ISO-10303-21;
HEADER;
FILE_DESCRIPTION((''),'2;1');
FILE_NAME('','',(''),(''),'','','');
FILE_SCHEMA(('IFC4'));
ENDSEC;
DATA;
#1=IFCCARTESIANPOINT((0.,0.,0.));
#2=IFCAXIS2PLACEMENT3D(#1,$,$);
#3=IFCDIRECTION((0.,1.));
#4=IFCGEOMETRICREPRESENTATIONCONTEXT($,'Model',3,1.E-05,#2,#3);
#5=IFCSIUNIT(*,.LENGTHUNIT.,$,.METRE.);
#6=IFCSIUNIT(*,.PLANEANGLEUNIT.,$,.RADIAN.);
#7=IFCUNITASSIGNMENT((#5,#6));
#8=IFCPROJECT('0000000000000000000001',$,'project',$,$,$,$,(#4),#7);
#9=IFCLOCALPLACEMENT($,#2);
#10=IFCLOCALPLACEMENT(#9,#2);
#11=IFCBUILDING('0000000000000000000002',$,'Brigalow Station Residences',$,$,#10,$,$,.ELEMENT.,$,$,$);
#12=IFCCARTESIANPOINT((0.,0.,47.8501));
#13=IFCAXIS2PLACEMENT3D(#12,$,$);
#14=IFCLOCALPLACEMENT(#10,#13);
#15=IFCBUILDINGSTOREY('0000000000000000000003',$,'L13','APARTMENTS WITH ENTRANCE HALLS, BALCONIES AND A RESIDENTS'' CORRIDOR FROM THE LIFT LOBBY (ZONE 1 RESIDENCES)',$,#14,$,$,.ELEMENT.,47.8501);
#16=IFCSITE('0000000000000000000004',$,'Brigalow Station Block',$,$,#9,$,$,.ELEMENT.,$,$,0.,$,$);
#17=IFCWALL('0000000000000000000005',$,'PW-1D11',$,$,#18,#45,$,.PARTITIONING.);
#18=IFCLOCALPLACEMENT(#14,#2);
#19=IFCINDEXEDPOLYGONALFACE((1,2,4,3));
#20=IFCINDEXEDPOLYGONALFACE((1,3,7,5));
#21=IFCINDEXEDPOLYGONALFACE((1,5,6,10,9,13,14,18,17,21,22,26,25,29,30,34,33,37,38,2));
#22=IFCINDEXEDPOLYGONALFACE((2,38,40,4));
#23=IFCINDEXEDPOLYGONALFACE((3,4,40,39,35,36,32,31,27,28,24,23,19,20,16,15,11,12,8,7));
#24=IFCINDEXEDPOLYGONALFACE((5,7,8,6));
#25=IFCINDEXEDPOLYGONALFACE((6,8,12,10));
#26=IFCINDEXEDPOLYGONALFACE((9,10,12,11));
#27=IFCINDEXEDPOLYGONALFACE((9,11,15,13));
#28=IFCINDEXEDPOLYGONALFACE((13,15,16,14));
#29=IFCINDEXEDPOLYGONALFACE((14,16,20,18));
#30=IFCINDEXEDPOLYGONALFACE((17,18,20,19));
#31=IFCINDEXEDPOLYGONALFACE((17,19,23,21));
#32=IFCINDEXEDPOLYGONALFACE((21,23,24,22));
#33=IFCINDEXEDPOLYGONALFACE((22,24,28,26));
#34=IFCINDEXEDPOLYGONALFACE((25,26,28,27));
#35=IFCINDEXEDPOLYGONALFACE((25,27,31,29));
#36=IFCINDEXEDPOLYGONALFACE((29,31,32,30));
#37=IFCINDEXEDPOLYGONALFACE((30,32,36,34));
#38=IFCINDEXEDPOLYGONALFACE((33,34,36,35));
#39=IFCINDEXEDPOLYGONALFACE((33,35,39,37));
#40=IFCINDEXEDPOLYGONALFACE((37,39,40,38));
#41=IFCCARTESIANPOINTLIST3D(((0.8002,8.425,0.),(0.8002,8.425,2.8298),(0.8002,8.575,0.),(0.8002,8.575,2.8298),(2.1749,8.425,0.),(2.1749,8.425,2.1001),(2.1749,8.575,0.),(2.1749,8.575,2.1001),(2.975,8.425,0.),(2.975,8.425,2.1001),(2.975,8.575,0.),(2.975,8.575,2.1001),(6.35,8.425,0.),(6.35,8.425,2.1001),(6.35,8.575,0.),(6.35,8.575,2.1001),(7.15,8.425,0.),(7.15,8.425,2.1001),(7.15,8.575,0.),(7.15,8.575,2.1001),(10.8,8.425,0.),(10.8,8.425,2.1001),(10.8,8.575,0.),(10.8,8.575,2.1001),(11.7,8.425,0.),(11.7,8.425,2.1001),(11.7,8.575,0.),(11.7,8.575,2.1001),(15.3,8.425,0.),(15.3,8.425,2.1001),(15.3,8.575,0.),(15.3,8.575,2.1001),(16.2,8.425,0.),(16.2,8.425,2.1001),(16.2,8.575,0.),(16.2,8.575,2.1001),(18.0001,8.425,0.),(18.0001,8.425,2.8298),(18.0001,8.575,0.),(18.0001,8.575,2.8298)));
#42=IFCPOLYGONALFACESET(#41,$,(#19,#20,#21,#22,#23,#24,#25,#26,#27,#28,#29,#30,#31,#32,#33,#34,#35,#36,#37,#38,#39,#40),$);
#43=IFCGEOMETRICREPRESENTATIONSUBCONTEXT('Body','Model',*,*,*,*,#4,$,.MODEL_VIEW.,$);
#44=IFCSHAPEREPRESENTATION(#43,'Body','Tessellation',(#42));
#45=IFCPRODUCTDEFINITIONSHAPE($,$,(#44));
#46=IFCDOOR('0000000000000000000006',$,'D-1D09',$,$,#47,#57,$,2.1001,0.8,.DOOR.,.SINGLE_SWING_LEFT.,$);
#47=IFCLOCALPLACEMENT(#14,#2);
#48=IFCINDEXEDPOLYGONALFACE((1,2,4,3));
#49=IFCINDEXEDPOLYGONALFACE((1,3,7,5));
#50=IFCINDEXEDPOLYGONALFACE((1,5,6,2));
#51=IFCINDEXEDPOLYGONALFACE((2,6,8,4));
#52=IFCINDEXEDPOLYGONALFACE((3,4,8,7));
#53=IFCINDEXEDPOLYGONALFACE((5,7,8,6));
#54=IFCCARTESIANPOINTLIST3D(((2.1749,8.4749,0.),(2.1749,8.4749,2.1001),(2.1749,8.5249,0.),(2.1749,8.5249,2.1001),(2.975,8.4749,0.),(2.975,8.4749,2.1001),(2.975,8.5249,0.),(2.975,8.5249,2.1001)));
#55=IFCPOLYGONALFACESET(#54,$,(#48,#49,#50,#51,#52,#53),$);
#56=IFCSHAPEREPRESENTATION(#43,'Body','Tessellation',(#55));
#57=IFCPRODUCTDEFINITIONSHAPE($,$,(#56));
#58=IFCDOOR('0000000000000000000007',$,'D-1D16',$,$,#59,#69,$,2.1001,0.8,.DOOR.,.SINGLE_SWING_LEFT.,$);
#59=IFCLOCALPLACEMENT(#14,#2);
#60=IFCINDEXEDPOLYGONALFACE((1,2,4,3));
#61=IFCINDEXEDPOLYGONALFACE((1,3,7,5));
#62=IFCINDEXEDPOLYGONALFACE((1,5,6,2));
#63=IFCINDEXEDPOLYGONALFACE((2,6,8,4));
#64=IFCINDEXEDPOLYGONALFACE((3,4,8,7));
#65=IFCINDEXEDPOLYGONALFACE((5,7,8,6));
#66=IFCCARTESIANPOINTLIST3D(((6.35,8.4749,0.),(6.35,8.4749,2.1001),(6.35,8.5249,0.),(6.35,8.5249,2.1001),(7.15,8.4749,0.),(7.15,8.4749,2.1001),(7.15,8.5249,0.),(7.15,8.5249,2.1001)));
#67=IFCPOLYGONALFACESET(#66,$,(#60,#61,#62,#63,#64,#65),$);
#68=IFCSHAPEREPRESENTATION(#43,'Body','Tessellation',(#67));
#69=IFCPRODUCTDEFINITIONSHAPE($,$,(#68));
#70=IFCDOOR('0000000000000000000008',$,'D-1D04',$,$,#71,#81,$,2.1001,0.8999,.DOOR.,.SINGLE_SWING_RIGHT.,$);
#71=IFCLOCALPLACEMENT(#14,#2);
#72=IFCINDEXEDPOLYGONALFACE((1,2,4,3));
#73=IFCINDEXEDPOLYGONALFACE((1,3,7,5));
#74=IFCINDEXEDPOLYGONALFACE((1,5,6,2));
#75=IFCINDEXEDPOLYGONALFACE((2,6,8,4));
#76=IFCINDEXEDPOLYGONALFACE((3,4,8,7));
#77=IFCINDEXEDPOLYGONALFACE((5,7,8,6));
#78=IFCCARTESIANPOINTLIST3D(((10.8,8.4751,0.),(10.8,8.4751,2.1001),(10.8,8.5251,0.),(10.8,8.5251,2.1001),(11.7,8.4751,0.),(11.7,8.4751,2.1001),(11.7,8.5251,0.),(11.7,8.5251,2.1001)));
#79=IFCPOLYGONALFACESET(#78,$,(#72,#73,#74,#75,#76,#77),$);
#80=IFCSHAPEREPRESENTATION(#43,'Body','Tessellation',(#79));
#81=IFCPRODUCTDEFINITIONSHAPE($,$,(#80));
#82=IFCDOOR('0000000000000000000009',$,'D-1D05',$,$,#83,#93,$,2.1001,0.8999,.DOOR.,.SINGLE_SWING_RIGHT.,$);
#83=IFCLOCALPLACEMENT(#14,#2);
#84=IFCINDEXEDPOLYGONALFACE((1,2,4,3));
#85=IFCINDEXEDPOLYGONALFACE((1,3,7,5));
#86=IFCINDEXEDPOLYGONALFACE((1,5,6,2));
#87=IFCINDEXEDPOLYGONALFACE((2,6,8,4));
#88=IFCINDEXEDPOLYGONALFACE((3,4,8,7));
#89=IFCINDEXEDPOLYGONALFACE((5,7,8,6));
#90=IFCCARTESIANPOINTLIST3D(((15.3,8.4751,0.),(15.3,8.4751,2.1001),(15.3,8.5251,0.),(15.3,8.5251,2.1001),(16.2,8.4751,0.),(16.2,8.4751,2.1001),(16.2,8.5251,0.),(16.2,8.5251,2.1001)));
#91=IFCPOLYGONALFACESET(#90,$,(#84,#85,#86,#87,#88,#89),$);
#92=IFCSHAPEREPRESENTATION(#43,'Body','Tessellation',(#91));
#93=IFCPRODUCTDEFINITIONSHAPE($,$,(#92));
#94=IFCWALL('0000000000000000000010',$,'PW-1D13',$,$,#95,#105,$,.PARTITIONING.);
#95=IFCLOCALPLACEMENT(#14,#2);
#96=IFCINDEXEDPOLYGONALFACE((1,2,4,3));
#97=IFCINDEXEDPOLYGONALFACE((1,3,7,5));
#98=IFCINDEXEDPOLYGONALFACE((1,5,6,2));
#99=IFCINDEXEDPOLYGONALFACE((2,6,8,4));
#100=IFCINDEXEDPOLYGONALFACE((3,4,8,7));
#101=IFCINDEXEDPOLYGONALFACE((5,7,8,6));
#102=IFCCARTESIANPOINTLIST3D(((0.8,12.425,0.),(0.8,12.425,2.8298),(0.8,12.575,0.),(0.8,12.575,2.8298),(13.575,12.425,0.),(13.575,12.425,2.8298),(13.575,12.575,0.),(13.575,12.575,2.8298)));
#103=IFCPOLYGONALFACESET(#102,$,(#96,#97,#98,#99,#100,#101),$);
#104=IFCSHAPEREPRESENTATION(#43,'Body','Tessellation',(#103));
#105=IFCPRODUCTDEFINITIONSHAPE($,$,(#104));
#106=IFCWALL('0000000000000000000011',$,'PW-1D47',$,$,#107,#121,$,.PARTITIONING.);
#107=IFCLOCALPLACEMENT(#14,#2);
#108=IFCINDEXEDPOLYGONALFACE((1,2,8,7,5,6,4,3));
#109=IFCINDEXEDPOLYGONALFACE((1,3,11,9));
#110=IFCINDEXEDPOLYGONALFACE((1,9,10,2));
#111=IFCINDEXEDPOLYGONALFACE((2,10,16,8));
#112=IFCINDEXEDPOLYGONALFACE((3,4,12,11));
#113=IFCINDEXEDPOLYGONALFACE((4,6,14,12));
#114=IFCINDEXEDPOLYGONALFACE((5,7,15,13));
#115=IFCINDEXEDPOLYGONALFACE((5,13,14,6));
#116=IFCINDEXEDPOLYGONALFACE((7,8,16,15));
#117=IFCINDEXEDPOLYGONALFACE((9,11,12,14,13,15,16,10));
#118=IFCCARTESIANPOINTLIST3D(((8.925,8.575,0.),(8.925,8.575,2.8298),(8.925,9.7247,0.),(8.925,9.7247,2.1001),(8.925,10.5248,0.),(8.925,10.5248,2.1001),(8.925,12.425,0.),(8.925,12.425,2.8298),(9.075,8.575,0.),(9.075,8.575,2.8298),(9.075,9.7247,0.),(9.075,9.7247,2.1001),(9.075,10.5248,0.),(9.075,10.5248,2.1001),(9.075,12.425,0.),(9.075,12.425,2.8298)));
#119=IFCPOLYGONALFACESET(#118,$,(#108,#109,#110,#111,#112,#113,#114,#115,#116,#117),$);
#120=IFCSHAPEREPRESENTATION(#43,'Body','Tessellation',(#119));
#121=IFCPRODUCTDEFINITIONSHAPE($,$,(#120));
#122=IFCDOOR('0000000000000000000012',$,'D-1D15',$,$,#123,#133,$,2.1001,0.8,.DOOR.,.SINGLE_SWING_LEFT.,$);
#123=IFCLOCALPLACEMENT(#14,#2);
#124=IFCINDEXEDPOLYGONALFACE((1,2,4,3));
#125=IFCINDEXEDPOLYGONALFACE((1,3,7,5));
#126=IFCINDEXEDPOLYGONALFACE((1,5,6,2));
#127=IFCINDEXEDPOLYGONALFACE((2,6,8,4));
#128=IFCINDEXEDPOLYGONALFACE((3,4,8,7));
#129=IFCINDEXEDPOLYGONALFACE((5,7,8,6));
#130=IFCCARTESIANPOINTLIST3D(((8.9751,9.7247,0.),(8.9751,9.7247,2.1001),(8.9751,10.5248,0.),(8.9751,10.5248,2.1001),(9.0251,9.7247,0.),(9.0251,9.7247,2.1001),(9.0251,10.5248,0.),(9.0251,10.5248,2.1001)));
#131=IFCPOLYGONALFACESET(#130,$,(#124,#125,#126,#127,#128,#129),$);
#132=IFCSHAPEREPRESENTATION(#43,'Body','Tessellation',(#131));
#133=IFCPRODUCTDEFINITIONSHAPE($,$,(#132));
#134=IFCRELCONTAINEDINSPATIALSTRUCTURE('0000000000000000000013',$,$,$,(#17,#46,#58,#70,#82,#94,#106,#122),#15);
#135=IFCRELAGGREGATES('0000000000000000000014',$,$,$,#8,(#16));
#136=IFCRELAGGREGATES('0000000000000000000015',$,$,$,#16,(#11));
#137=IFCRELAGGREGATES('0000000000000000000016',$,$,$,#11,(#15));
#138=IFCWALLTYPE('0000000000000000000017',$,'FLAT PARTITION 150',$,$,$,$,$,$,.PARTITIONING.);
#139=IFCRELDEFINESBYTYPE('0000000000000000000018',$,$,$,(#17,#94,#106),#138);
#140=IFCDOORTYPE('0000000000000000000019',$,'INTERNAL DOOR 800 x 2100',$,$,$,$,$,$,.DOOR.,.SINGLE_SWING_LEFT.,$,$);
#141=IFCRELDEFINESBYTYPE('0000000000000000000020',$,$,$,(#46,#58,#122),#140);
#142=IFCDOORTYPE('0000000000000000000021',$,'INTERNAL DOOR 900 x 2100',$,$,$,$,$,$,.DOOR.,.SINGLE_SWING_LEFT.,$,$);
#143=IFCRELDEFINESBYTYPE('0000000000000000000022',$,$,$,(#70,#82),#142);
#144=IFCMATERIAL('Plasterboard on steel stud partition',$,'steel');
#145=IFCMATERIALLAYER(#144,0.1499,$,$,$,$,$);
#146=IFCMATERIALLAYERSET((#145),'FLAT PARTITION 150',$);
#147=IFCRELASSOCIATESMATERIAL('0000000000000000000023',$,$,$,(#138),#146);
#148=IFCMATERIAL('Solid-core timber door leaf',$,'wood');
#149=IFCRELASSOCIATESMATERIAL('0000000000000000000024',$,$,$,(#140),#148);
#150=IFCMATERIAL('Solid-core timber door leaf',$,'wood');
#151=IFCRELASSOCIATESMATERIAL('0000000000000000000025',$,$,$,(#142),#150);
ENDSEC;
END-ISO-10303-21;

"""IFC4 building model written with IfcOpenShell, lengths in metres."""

from ifc_helpers import new_model, si_unit, direction, frame, frame_2d, origin, place, context, subcontext, project, spatial, rectangle, extrude, material, layer, layer_set, type_object, element, fill, save


model = new_model("IFC4")

# Units and contexts
model_context = context("Model", 3, precision=1e-05, world=origin(), true_north=direction((0.0, 1.0)))
body_context = subcontext(model_context, "Body", "Model", "MODEL_VIEW")
ifc_project = project(units=[si_unit("LENGTHUNIT", "METRE"), si_unit("PLANEANGLEUNIT", "RADIAN")], contexts=[model_context])

# Site, building, storey
site_placement = place(None, origin())
site = spatial("IfcSite", under=ifc_project, at=site_placement, Name="Brigalow Station Block", CompositionType="ELEMENT", RefElevation=0.0)
building_placement = place(site_placement, origin())
building = spatial("IfcBuilding", under=site, at=building_placement, Name="Brigalow Station Residences", CompositionType="ELEMENT")
storey_placement = place(building_placement, frame((0.0, 0.0, 47.8501)))
storey = spatial("IfcBuildingStorey", under=building, at=storey_placement, Name="L13", Description="APARTMENTS WITH ENTRANCE HALLS, BALCONIES AND A RESIDENTS' CORRIDOR FROM THE LIFT LOBBY (ZONE 1 RESIDENCES)", CompositionType="ELEMENT", Elevation=47.8501)

# Wall, openings, doors
ifc_material_1 = material(Name="Plasterboard on steel stud partition", Category="steel")
ifc_layer_1 = layer(ifc_material_1, 0.1499)
ifc_layer_set_1 = layer_set([ifc_layer_1], Name="FLAT PARTITION 150")
wall_type_1 = type_object("IfcWallType", Name="FLAT PARTITION 150", PredefinedType="PARTITIONING", material=ifc_layer_set_1)
wall_1_placement = place(storey_placement, frame((0.8, 8.5, 0.0), z_axis=(0.0, 0.0, 1.0), x_axis=(1.0, 0.0, 0.0)))
wall_1 = element("IfcWall", 1, at=wall_1_placement, inside=storey, type_object=wall_type_1, Name="PW-1D11", PredefinedType="PARTITIONING", context=body_context, shape_type="SweptSolid", body=[
    extrude(rectangle(XDim=17.2, YDim=0.1499, at=frame_2d((8.6001, 0.0))), origin(), (0.0, 0.0, 1.0), 2.8298),
])
opening_1_placement = place(wall_1_placement, frame((10.0, 0.0, 0.0)))
opening_1 = element("IfcOpeningElement", 2, at=opening_1_placement, cuts=wall_1, PredefinedType="OPENING", context=body_context, shape_type="SweptSolid", body=[
    extrude(rectangle(XDim=0.8999, YDim=2.1001, at=frame_2d((0.45, 1.05))), frame((0.0, 0.085, 0.0), z_axis=(0.0, -1.0, 0.0), x_axis=(1.0, 0.0, 0.0)), (0.0, 0.0, 1.0), 0.1699),
])
opening_2_placement = place(wall_1_placement, frame((14.5, 0.0, 0.0)))
opening_2 = element("IfcOpeningElement", 3, at=opening_2_placement, cuts=wall_1, PredefinedType="OPENING", context=body_context, shape_type="SweptSolid", body=[
    extrude(rectangle(XDim=0.8999, YDim=2.1001, at=frame_2d((0.45, 1.05))), frame((0.0, 0.085, 0.0), z_axis=(0.0, -1.0, 0.0), x_axis=(1.0, 0.0, 0.0)), (0.0, 0.0, 1.0), 0.1699),
])
opening_3_placement = place(wall_1_placement, frame((1.375, 0.0, 0.0)))
opening_3 = element("IfcOpeningElement", 4, at=opening_3_placement, cuts=wall_1, PredefinedType="OPENING", context=body_context, shape_type="SweptSolid", body=[
    extrude(rectangle(XDim=0.8, YDim=2.1001, at=frame_2d((0.3999, 1.05))), frame((0.0, 0.085, 0.0), z_axis=(0.0, -1.0, 0.0), x_axis=(1.0, 0.0, 0.0)), (0.0, 0.0, 1.0), 0.1699),
])
opening_4_placement = place(wall_1_placement, frame((5.55, 0.0, 0.0)))
opening_4 = element("IfcOpeningElement", 5, at=opening_4_placement, cuts=wall_1, PredefinedType="OPENING", context=body_context, shape_type="SweptSolid", body=[
    extrude(rectangle(XDim=0.8, YDim=2.1001, at=frame_2d((0.3999, 1.05))), frame((0.0, 0.085, 0.0), z_axis=(0.0, -1.0, 0.0), x_axis=(1.0, 0.0, 0.0)), (0.0, 0.0, 1.0), 0.1699),
])
ifc_material_2 = material(Name="Solid-core timber door leaf", Category="wood")
door_type_1 = type_object("IfcDoorType", Name="INTERNAL DOOR 800 x 2100", OperationType="SINGLE_SWING_LEFT", PredefinedType="DOOR", material=ifc_material_2)
door_1_placement = place(opening_3_placement, origin())
door_1 = element("IfcDoor", 6, at=door_1_placement, inside=storey, type_object=door_type_1, Name="D-1D09", OperationType="SINGLE_SWING_LEFT", OverallHeight=2.1001, OverallWidth=0.8, PredefinedType="DOOR", context=body_context, shape_type="SweptSolid", body=[
    extrude(rectangle(XDim=0.8, YDim=2.1001, at=frame_2d((0.3999, 1.05))), frame((0.0, 0.0249, 0.0), z_axis=(0.0, -1.0, 0.0), x_axis=(1.0, 0.0, 0.0)), (0.0, 0.0, 1.0), 0.05),
])
fill(opening_3, door_1)
door_2_placement = place(opening_4_placement, origin())
door_2 = element("IfcDoor", 7, at=door_2_placement, inside=storey, type_object=door_type_1, Name="D-1D16", OperationType="SINGLE_SWING_LEFT", OverallHeight=2.1001, OverallWidth=0.8, PredefinedType="DOOR", context=body_context, shape_type="SweptSolid", body=[
    extrude(rectangle(XDim=0.8, YDim=2.1001, at=frame_2d((0.3999, 1.05))), frame((0.0, 0.0249, 0.0), z_axis=(0.0, -1.0, 0.0), x_axis=(1.0, 0.0, 0.0)), (0.0, 0.0, 1.0), 0.05),
])
fill(opening_4, door_2)
ifc_material_3 = material(Name="Solid-core timber door leaf", Category="wood")
door_type_2 = type_object("IfcDoorType", Name="INTERNAL DOOR 900 x 2100", OperationType="SINGLE_SWING_LEFT", PredefinedType="DOOR", material=ifc_material_3)
door_3_placement = place(opening_1_placement, frame((0.8999, 0.0, 0.0), z_axis=(0.0, 0.0, 1.0), x_axis=(-1.0, 0.0, 0.0)))
door_3 = element("IfcDoor", 8, at=door_3_placement, inside=storey, type_object=door_type_2, Name="D-1D04", OperationType="SINGLE_SWING_RIGHT", OverallHeight=2.1001, OverallWidth=0.8999, PredefinedType="DOOR", context=body_context, shape_type="SweptSolid", body=[
    extrude(rectangle(XDim=0.8999, YDim=2.1001, at=frame_2d((0.45, 1.05))), frame((0.0, 0.0249, 0.0), z_axis=(0.0, -1.0, 0.0), x_axis=(1.0, 0.0, 0.0)), (0.0, 0.0, 1.0), 0.05),
])
fill(opening_1, door_3)
door_4_placement = place(opening_2_placement, frame((0.8999, 0.0, 0.0), z_axis=(0.0, 0.0, 1.0), x_axis=(-1.0, 0.0, 0.0)))
door_4 = element("IfcDoor", 9, at=door_4_placement, inside=storey, type_object=door_type_2, Name="D-1D05", OperationType="SINGLE_SWING_RIGHT", OverallHeight=2.1001, OverallWidth=0.8999, PredefinedType="DOOR", context=body_context, shape_type="SweptSolid", body=[
    extrude(rectangle(XDim=0.8999, YDim=2.1001, at=frame_2d((0.45, 1.05))), frame((0.0, 0.0249, 0.0), z_axis=(0.0, -1.0, 0.0), x_axis=(1.0, 0.0, 0.0)), (0.0, 0.0, 1.0), 0.05),
])
fill(opening_2, door_4)

# Wall
wall_2_placement = place(storey_placement, frame((0.8, 12.5, 0.0), z_axis=(0.0, 0.0, 1.0), x_axis=(1.0, 0.0, 0.0)))
element("IfcWall", 10, at=wall_2_placement, inside=storey, type_object=wall_type_1, Name="PW-1D13", PredefinedType="PARTITIONING", context=body_context, shape_type="SweptSolid", body=[
    extrude(rectangle(XDim=12.7749, YDim=0.1499, at=frame_2d((6.3875, 0.0))), origin(), (0.0, 0.0, 1.0), 2.8298),
])

# Wall, opening, door
wall_3_placement = place(storey_placement, frame((9.0, 8.575, 0.0), z_axis=(0.0, 0.0, 1.0), x_axis=(0.0, 1.0, 0.0)))
wall_3 = element("IfcWall", 11, at=wall_3_placement, inside=storey, type_object=wall_type_1, Name="PW-1D47", PredefinedType="PARTITIONING", context=body_context, shape_type="SweptSolid", body=[
    extrude(rectangle(XDim=3.8501, YDim=0.1499, at=frame_2d((1.925, 0.0))), origin(), (0.0, 0.0, 1.0), 2.8298),
])
opening_5_placement = place(wall_3_placement, frame((1.1499, 0.0, 0.0)))
opening_5 = element("IfcOpeningElement", 12, at=opening_5_placement, cuts=wall_3, PredefinedType="OPENING", context=body_context, shape_type="SweptSolid", body=[
    extrude(rectangle(XDim=0.8, YDim=2.1001, at=frame_2d((0.3999, 1.05))), frame((0.0, 0.085, 0.0), z_axis=(0.0, -1.0, 0.0), x_axis=(1.0, 0.0, 0.0)), (0.0, 0.0, 1.0), 0.1699),
])
door_5_placement = place(opening_5_placement, origin())
door_5 = element("IfcDoor", 13, at=door_5_placement, inside=storey, type_object=door_type_1, Name="D-1D15", OperationType="SINGLE_SWING_LEFT", OverallHeight=2.1001, OverallWidth=0.8, PredefinedType="DOOR", context=body_context, shape_type="SweptSolid", body=[
    extrude(rectangle(XDim=0.8, YDim=2.1001, at=frame_2d((0.3999, 1.05))), frame((0.0, 0.0249, 0.0), z_axis=(0.0, -1.0, 0.0), x_axis=(1.0, 0.0, 0.0)), (0.0, 0.0, 1.0), 0.05),
])
fill(opening_5, door_5)

save(model, "model.ifc")
